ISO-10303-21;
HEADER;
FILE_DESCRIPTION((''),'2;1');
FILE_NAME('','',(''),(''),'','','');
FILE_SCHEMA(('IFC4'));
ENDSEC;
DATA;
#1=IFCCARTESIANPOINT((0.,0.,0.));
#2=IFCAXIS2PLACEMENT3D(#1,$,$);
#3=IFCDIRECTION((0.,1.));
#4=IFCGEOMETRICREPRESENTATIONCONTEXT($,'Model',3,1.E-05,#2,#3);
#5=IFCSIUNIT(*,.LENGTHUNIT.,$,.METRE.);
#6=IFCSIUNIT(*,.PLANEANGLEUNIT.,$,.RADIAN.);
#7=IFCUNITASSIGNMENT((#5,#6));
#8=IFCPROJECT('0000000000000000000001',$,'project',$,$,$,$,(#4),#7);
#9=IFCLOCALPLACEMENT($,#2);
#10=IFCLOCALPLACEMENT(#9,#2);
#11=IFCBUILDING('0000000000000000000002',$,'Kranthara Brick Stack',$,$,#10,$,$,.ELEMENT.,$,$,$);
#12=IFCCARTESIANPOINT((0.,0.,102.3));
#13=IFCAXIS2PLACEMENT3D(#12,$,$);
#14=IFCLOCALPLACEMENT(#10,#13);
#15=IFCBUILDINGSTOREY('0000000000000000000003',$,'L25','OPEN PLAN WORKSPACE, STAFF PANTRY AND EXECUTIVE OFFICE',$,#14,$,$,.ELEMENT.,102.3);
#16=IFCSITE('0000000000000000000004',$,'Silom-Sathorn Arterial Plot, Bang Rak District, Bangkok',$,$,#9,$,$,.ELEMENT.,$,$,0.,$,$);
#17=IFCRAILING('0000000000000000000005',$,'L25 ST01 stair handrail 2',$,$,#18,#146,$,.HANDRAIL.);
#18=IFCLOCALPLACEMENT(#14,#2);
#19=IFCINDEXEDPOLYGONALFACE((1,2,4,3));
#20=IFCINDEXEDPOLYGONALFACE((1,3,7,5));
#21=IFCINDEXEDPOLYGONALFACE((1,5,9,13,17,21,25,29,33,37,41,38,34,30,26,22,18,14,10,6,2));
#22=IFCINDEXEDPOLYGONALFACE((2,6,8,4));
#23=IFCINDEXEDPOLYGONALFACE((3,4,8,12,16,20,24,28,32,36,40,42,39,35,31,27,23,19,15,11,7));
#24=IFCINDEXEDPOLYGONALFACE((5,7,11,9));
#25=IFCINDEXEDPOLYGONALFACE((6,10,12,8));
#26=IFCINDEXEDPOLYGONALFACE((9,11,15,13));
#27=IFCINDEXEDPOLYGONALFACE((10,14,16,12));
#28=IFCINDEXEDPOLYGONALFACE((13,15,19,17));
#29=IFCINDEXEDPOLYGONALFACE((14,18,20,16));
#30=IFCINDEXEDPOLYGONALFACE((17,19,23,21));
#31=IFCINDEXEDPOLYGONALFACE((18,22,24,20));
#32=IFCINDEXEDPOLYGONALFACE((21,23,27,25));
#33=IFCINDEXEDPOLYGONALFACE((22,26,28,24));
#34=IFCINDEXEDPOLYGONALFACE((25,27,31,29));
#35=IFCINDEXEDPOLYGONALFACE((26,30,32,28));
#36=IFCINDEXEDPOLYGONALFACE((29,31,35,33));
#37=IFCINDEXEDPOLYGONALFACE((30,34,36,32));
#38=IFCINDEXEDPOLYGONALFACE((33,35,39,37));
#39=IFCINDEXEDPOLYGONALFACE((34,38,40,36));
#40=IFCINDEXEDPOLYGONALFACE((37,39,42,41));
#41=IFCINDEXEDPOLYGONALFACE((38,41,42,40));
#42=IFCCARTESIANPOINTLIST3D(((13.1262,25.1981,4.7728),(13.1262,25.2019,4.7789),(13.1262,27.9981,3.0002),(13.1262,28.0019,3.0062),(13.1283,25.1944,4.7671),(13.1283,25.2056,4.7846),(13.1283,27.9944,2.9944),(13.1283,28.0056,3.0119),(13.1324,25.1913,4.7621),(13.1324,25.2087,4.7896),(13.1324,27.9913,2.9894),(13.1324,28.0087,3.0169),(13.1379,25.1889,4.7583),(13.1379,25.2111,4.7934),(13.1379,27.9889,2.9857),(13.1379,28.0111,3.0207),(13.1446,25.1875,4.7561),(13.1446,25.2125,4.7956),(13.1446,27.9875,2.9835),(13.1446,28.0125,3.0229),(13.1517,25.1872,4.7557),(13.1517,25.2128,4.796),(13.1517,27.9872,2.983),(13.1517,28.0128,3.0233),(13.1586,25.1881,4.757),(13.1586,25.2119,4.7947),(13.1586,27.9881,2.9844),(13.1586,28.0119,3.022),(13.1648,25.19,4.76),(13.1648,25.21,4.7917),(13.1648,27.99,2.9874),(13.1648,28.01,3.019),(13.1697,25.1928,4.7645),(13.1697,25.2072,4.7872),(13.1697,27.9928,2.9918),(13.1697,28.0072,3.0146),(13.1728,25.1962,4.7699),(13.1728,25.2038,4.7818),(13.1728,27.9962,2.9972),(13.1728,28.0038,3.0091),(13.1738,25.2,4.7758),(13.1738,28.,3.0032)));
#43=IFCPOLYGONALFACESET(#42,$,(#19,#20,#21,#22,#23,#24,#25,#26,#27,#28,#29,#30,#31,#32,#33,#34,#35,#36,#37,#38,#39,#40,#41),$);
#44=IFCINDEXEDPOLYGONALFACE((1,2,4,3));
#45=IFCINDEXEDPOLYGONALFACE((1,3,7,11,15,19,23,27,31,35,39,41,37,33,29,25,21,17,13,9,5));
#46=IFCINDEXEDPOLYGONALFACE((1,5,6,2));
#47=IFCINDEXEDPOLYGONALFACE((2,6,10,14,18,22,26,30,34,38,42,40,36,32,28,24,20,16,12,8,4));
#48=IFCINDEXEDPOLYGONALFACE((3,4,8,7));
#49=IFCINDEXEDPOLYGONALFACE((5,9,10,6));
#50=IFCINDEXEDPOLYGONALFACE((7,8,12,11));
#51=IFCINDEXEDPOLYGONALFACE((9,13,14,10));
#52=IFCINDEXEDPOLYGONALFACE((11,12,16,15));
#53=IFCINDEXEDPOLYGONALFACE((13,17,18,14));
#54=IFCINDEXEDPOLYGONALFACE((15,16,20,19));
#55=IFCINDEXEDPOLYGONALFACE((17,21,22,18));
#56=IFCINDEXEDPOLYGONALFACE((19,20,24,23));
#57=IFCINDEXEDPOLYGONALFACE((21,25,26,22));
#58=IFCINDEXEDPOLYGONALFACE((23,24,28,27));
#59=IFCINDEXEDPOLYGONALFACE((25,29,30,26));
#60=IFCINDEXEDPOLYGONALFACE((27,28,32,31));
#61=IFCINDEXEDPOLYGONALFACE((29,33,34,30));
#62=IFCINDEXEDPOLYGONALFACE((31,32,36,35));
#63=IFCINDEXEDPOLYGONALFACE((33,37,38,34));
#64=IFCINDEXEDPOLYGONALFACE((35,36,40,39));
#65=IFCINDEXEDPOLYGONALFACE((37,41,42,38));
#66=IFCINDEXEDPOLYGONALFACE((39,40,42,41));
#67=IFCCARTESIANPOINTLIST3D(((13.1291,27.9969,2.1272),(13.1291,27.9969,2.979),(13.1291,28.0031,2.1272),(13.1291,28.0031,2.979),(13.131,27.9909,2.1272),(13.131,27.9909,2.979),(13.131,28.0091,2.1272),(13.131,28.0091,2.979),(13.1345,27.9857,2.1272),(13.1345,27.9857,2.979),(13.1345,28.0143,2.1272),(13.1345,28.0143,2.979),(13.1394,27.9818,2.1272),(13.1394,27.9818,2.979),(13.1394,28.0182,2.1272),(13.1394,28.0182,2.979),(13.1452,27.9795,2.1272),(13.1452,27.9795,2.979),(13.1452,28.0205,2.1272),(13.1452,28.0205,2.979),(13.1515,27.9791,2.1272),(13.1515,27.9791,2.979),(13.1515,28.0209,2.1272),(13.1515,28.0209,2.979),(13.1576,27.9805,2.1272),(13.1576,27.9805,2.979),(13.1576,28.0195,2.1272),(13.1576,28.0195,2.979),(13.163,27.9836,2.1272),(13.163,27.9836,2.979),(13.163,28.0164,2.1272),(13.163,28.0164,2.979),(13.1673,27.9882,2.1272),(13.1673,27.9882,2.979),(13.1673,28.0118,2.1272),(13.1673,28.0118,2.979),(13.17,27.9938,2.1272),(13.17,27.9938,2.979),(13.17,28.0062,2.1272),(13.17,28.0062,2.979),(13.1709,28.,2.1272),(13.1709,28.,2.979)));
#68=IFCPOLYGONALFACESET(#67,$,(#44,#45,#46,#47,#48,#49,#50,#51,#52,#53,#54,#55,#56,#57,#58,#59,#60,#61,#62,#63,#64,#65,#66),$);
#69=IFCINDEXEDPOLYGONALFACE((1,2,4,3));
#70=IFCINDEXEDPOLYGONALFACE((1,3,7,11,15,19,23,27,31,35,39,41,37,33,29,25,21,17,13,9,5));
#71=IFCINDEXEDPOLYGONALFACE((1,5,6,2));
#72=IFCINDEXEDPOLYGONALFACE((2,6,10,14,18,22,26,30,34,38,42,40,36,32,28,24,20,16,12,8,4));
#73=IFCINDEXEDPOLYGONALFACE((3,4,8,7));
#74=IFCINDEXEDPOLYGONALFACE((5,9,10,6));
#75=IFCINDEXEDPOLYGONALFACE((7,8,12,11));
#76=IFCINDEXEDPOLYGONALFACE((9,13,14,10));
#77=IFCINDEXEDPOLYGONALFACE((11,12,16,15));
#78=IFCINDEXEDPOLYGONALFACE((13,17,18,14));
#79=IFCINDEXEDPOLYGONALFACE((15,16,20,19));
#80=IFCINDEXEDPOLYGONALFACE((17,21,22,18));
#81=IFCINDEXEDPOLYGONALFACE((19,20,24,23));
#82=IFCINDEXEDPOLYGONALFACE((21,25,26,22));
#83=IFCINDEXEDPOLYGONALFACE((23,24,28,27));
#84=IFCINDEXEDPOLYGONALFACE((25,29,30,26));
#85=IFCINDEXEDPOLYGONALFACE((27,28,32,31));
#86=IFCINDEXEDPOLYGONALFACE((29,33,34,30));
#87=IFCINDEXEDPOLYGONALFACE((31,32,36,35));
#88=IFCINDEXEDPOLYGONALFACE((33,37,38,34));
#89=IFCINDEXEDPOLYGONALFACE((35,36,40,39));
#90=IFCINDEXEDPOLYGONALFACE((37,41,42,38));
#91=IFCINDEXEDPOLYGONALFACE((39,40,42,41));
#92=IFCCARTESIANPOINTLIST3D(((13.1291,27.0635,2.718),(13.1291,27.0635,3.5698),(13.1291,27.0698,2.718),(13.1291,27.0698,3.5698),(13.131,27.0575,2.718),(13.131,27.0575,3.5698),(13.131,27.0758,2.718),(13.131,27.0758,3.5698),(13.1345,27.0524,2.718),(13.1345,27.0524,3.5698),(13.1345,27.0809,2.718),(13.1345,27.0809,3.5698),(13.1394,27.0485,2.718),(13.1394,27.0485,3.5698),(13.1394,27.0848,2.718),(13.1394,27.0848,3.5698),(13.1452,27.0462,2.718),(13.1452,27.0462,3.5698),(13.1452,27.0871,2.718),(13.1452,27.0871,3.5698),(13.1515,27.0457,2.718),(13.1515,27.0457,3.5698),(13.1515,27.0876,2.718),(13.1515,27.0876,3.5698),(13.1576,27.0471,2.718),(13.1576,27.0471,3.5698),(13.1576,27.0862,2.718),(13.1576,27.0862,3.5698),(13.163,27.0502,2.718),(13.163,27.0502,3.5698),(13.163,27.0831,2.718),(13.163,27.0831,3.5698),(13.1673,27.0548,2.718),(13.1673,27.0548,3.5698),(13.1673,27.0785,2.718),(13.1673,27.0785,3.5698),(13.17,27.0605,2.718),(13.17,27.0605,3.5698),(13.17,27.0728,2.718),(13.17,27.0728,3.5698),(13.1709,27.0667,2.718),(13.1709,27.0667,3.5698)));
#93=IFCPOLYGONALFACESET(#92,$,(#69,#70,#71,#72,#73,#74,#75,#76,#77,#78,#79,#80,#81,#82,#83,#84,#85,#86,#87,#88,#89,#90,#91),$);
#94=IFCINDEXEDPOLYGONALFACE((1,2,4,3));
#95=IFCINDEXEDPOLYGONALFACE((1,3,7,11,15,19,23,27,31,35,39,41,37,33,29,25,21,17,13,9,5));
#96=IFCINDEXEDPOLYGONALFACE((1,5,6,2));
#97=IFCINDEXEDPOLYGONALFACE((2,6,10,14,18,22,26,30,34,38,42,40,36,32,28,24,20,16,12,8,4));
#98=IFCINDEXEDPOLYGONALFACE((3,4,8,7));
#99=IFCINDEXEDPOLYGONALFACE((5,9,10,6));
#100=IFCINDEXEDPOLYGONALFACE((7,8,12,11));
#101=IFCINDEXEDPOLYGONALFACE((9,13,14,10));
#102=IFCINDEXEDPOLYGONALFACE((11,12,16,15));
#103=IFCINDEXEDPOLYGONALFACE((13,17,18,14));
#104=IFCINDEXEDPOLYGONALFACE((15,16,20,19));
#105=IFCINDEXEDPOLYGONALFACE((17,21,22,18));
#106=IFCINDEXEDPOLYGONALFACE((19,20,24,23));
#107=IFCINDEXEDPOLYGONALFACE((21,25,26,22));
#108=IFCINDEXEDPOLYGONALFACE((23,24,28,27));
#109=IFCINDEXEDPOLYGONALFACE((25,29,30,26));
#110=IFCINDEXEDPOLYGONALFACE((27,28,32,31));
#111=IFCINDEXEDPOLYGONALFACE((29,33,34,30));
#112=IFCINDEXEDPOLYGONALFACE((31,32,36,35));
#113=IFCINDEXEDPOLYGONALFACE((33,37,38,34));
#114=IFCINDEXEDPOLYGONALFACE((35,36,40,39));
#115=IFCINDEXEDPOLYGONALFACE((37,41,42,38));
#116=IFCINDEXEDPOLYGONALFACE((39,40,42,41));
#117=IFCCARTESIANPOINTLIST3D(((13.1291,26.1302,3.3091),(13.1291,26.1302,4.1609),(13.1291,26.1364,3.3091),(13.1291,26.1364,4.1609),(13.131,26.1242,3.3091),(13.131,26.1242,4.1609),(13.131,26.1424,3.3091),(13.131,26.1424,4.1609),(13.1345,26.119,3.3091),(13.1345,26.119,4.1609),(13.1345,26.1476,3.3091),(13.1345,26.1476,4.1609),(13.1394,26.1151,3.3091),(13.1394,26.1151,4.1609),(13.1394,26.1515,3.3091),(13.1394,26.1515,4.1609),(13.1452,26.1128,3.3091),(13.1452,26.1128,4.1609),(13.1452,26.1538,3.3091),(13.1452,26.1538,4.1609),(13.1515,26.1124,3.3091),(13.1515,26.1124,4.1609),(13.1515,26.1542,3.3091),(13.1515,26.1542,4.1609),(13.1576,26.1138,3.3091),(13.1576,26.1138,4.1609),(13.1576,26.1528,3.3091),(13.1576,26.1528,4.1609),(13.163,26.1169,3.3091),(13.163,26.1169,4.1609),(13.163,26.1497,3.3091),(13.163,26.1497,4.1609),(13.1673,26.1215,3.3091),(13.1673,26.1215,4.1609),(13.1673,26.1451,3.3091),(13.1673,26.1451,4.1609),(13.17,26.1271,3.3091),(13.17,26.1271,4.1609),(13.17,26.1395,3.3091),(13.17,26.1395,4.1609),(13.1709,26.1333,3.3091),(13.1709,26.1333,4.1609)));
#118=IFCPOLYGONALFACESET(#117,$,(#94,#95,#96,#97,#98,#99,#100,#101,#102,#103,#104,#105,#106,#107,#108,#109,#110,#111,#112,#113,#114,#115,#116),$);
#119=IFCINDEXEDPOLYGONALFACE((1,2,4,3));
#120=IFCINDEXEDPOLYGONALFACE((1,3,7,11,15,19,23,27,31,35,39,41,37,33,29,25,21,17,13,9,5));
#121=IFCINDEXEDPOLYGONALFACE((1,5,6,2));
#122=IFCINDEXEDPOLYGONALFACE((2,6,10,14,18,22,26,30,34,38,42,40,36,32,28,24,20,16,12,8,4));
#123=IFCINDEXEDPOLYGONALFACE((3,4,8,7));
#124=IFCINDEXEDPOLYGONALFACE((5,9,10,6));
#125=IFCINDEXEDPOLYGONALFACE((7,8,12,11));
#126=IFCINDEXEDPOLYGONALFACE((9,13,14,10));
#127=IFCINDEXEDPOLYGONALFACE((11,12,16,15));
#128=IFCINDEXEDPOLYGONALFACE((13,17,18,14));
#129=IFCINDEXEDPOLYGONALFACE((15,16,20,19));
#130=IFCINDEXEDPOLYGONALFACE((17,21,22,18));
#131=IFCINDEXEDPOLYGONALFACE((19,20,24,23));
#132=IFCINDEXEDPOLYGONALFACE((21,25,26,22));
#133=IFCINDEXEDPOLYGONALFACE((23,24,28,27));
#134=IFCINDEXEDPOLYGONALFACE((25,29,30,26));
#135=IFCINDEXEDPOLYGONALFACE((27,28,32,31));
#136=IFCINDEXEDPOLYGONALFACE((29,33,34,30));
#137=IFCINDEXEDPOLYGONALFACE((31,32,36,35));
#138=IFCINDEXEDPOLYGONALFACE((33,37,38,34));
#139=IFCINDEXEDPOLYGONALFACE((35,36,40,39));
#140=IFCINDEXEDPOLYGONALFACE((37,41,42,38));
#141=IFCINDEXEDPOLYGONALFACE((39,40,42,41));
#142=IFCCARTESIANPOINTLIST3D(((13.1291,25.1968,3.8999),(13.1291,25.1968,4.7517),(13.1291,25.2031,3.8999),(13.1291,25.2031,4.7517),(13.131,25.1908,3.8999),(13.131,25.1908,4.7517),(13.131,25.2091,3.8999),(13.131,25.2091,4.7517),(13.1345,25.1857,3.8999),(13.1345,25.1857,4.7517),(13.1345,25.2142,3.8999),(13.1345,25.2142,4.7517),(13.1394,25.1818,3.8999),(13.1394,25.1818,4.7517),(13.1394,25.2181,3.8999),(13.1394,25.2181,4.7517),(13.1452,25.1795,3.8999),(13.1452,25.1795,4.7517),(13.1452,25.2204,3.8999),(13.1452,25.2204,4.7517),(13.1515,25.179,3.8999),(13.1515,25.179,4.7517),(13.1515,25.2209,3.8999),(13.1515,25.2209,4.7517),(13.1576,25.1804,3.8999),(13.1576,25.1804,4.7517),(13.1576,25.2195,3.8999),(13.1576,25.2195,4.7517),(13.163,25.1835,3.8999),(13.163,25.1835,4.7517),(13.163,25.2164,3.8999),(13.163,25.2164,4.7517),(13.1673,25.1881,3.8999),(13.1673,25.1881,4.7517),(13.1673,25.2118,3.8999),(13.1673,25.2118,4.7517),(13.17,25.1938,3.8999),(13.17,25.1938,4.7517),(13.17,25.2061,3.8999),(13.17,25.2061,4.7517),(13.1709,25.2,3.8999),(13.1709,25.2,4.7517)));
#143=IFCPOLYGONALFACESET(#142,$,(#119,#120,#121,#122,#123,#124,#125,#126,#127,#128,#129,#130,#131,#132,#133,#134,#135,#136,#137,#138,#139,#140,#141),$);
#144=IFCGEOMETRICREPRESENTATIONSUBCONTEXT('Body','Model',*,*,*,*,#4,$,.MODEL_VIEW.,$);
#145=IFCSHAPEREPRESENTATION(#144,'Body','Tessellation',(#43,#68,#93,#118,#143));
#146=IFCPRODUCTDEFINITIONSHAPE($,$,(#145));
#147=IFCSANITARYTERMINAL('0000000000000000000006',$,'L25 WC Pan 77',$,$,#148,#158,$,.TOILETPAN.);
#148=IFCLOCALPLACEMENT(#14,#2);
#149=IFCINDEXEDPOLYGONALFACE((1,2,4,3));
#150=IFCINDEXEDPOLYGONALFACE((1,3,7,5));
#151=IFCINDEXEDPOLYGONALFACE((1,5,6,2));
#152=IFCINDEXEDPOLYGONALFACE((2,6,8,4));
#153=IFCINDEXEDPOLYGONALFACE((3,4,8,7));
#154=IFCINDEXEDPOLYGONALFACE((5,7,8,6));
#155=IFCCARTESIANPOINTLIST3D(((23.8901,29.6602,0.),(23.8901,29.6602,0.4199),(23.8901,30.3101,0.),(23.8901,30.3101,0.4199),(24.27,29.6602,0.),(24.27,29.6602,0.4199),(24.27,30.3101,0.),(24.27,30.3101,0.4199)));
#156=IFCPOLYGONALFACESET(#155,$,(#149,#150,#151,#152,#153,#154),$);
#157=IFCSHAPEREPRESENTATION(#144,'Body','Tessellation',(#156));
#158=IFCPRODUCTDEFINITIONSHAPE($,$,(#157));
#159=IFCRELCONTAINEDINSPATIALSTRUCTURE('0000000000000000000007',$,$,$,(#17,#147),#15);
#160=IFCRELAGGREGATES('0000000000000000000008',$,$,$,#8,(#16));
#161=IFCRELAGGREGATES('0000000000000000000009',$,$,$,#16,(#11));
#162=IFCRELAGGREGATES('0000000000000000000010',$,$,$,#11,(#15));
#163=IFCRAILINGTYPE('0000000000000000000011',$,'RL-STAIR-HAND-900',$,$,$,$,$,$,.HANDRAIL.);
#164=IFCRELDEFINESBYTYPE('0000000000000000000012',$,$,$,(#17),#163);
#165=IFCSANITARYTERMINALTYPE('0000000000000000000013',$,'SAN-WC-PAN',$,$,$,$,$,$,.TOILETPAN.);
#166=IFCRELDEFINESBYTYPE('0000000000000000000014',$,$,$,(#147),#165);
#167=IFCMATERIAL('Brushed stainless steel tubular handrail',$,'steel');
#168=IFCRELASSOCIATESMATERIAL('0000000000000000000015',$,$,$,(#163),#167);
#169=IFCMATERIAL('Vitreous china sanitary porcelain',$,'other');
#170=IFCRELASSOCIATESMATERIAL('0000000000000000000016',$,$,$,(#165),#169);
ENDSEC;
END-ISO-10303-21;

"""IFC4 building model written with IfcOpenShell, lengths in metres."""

from ifc_helpers import new_model, si_unit, direction, frame, origin, origin_2d, place, context, subcontext, project, spatial, rectangle, circle, extrude, material, type_object, element, save


model = new_model("IFC4")

# Units and contexts
model_context = context("Model", 3, precision=1e-05, world=origin(), true_north=direction((0.0, 1.0)))
body_context = subcontext(model_context, "Body", "Model", "MODEL_VIEW")
ifc_project = project(units=[si_unit("LENGTHUNIT", "METRE"), si_unit("PLANEANGLEUNIT", "RADIAN")], contexts=[model_context])

# Site, building, storey
site_placement = place(None, origin())
site = spatial("IfcSite", under=ifc_project, at=site_placement, Name="Silom-Sathorn Arterial Plot, Bang Rak District, Bangkok", CompositionType="ELEMENT", RefElevation=0.0)
building_placement = place(site_placement, origin())
building = spatial("IfcBuilding", under=site, at=building_placement, Name="Kranthara Brick Stack", CompositionType="ELEMENT")
storey_placement = place(building_placement, frame((0.0, 0.0, 102.3)))
storey = spatial("IfcBuildingStorey", under=building, at=storey_placement, Name="L25", Description="OPEN PLAN WORKSPACE, STAFF PANTRY AND EXECUTIVE OFFICE", CompositionType="ELEMENT", Elevation=102.3)

# Railing
ifc_material_1 = material(Name="Brushed stainless steel tubular handrail", Category="steel")
railing_type_1 = type_object("IfcRailingType", Name="RL-STAIR-HAND-900", PredefinedType="HANDRAIL", material=ifc_material_1)
railing_1_placement = place(storey_placement, frame((13.1499, 28.0, 2.1272)))
element("IfcRailing", 1, at=railing_1_placement, inside=storey, type_object=railing_type_1, Name="L25 ST01 stair handrail 2", PredefinedType="HANDRAIL", context=body_context, shape_type="SweptSolid", body=[
    extrude(circle(Radius=0.0239, at=origin_2d()), frame((0.0, 0.0, 0.876), z_axis=(0.0, -0.844909, 0.53491), x_axis=(1.0, 0.0, 0.0)), (0.0, 0.0, 1.0), 3.314),
    extrude(circle(Radius=0.021, at=origin_2d()), origin(), (0.0, 0.0, 1.0), 0.8518),
    extrude(circle(Radius=0.021, at=origin_2d()), frame((0.0, -0.9333, 0.5908)), (0.0, 0.0, 1.0), 0.8518),
    extrude(circle(Radius=0.021, at=origin_2d()), frame((0.0, -1.8667, 1.1819)), (0.0, 0.0, 1.0), 0.8518),
    extrude(circle(Radius=0.021, at=origin_2d()), frame((0.0, -2.8, 1.7727)), (0.0, 0.0, 1.0), 0.8518),
])

# Sanitary terminal
ifc_material_2 = material(Name="Vitreous china sanitary porcelain", Category="other")
sanitary_terminal_type = type_object("IfcSanitaryTerminalType", Name="SAN-WC-PAN", PredefinedType="TOILETPAN", material=ifc_material_2)
sanitary_terminal_placement = place(storey_placement, frame((24.0801, 29.9851, 0.0), z_axis=(0.0, 0.0, 1.0), x_axis=(1.0, 0.0, 0.0)))
element("IfcSanitaryTerminal", 2, at=sanitary_terminal_placement, inside=storey, type_object=sanitary_terminal_type, Name="L25 WC Pan 77", PredefinedType="TOILETPAN", context=body_context, shape_type="SweptSolid", body=[
    extrude(rectangle(XDim=0.3799, YDim=0.6499, at=origin_2d()), origin(), (0.0, 0.0, 1.0), 0.4199),
])

save(model, "model.ifc")
